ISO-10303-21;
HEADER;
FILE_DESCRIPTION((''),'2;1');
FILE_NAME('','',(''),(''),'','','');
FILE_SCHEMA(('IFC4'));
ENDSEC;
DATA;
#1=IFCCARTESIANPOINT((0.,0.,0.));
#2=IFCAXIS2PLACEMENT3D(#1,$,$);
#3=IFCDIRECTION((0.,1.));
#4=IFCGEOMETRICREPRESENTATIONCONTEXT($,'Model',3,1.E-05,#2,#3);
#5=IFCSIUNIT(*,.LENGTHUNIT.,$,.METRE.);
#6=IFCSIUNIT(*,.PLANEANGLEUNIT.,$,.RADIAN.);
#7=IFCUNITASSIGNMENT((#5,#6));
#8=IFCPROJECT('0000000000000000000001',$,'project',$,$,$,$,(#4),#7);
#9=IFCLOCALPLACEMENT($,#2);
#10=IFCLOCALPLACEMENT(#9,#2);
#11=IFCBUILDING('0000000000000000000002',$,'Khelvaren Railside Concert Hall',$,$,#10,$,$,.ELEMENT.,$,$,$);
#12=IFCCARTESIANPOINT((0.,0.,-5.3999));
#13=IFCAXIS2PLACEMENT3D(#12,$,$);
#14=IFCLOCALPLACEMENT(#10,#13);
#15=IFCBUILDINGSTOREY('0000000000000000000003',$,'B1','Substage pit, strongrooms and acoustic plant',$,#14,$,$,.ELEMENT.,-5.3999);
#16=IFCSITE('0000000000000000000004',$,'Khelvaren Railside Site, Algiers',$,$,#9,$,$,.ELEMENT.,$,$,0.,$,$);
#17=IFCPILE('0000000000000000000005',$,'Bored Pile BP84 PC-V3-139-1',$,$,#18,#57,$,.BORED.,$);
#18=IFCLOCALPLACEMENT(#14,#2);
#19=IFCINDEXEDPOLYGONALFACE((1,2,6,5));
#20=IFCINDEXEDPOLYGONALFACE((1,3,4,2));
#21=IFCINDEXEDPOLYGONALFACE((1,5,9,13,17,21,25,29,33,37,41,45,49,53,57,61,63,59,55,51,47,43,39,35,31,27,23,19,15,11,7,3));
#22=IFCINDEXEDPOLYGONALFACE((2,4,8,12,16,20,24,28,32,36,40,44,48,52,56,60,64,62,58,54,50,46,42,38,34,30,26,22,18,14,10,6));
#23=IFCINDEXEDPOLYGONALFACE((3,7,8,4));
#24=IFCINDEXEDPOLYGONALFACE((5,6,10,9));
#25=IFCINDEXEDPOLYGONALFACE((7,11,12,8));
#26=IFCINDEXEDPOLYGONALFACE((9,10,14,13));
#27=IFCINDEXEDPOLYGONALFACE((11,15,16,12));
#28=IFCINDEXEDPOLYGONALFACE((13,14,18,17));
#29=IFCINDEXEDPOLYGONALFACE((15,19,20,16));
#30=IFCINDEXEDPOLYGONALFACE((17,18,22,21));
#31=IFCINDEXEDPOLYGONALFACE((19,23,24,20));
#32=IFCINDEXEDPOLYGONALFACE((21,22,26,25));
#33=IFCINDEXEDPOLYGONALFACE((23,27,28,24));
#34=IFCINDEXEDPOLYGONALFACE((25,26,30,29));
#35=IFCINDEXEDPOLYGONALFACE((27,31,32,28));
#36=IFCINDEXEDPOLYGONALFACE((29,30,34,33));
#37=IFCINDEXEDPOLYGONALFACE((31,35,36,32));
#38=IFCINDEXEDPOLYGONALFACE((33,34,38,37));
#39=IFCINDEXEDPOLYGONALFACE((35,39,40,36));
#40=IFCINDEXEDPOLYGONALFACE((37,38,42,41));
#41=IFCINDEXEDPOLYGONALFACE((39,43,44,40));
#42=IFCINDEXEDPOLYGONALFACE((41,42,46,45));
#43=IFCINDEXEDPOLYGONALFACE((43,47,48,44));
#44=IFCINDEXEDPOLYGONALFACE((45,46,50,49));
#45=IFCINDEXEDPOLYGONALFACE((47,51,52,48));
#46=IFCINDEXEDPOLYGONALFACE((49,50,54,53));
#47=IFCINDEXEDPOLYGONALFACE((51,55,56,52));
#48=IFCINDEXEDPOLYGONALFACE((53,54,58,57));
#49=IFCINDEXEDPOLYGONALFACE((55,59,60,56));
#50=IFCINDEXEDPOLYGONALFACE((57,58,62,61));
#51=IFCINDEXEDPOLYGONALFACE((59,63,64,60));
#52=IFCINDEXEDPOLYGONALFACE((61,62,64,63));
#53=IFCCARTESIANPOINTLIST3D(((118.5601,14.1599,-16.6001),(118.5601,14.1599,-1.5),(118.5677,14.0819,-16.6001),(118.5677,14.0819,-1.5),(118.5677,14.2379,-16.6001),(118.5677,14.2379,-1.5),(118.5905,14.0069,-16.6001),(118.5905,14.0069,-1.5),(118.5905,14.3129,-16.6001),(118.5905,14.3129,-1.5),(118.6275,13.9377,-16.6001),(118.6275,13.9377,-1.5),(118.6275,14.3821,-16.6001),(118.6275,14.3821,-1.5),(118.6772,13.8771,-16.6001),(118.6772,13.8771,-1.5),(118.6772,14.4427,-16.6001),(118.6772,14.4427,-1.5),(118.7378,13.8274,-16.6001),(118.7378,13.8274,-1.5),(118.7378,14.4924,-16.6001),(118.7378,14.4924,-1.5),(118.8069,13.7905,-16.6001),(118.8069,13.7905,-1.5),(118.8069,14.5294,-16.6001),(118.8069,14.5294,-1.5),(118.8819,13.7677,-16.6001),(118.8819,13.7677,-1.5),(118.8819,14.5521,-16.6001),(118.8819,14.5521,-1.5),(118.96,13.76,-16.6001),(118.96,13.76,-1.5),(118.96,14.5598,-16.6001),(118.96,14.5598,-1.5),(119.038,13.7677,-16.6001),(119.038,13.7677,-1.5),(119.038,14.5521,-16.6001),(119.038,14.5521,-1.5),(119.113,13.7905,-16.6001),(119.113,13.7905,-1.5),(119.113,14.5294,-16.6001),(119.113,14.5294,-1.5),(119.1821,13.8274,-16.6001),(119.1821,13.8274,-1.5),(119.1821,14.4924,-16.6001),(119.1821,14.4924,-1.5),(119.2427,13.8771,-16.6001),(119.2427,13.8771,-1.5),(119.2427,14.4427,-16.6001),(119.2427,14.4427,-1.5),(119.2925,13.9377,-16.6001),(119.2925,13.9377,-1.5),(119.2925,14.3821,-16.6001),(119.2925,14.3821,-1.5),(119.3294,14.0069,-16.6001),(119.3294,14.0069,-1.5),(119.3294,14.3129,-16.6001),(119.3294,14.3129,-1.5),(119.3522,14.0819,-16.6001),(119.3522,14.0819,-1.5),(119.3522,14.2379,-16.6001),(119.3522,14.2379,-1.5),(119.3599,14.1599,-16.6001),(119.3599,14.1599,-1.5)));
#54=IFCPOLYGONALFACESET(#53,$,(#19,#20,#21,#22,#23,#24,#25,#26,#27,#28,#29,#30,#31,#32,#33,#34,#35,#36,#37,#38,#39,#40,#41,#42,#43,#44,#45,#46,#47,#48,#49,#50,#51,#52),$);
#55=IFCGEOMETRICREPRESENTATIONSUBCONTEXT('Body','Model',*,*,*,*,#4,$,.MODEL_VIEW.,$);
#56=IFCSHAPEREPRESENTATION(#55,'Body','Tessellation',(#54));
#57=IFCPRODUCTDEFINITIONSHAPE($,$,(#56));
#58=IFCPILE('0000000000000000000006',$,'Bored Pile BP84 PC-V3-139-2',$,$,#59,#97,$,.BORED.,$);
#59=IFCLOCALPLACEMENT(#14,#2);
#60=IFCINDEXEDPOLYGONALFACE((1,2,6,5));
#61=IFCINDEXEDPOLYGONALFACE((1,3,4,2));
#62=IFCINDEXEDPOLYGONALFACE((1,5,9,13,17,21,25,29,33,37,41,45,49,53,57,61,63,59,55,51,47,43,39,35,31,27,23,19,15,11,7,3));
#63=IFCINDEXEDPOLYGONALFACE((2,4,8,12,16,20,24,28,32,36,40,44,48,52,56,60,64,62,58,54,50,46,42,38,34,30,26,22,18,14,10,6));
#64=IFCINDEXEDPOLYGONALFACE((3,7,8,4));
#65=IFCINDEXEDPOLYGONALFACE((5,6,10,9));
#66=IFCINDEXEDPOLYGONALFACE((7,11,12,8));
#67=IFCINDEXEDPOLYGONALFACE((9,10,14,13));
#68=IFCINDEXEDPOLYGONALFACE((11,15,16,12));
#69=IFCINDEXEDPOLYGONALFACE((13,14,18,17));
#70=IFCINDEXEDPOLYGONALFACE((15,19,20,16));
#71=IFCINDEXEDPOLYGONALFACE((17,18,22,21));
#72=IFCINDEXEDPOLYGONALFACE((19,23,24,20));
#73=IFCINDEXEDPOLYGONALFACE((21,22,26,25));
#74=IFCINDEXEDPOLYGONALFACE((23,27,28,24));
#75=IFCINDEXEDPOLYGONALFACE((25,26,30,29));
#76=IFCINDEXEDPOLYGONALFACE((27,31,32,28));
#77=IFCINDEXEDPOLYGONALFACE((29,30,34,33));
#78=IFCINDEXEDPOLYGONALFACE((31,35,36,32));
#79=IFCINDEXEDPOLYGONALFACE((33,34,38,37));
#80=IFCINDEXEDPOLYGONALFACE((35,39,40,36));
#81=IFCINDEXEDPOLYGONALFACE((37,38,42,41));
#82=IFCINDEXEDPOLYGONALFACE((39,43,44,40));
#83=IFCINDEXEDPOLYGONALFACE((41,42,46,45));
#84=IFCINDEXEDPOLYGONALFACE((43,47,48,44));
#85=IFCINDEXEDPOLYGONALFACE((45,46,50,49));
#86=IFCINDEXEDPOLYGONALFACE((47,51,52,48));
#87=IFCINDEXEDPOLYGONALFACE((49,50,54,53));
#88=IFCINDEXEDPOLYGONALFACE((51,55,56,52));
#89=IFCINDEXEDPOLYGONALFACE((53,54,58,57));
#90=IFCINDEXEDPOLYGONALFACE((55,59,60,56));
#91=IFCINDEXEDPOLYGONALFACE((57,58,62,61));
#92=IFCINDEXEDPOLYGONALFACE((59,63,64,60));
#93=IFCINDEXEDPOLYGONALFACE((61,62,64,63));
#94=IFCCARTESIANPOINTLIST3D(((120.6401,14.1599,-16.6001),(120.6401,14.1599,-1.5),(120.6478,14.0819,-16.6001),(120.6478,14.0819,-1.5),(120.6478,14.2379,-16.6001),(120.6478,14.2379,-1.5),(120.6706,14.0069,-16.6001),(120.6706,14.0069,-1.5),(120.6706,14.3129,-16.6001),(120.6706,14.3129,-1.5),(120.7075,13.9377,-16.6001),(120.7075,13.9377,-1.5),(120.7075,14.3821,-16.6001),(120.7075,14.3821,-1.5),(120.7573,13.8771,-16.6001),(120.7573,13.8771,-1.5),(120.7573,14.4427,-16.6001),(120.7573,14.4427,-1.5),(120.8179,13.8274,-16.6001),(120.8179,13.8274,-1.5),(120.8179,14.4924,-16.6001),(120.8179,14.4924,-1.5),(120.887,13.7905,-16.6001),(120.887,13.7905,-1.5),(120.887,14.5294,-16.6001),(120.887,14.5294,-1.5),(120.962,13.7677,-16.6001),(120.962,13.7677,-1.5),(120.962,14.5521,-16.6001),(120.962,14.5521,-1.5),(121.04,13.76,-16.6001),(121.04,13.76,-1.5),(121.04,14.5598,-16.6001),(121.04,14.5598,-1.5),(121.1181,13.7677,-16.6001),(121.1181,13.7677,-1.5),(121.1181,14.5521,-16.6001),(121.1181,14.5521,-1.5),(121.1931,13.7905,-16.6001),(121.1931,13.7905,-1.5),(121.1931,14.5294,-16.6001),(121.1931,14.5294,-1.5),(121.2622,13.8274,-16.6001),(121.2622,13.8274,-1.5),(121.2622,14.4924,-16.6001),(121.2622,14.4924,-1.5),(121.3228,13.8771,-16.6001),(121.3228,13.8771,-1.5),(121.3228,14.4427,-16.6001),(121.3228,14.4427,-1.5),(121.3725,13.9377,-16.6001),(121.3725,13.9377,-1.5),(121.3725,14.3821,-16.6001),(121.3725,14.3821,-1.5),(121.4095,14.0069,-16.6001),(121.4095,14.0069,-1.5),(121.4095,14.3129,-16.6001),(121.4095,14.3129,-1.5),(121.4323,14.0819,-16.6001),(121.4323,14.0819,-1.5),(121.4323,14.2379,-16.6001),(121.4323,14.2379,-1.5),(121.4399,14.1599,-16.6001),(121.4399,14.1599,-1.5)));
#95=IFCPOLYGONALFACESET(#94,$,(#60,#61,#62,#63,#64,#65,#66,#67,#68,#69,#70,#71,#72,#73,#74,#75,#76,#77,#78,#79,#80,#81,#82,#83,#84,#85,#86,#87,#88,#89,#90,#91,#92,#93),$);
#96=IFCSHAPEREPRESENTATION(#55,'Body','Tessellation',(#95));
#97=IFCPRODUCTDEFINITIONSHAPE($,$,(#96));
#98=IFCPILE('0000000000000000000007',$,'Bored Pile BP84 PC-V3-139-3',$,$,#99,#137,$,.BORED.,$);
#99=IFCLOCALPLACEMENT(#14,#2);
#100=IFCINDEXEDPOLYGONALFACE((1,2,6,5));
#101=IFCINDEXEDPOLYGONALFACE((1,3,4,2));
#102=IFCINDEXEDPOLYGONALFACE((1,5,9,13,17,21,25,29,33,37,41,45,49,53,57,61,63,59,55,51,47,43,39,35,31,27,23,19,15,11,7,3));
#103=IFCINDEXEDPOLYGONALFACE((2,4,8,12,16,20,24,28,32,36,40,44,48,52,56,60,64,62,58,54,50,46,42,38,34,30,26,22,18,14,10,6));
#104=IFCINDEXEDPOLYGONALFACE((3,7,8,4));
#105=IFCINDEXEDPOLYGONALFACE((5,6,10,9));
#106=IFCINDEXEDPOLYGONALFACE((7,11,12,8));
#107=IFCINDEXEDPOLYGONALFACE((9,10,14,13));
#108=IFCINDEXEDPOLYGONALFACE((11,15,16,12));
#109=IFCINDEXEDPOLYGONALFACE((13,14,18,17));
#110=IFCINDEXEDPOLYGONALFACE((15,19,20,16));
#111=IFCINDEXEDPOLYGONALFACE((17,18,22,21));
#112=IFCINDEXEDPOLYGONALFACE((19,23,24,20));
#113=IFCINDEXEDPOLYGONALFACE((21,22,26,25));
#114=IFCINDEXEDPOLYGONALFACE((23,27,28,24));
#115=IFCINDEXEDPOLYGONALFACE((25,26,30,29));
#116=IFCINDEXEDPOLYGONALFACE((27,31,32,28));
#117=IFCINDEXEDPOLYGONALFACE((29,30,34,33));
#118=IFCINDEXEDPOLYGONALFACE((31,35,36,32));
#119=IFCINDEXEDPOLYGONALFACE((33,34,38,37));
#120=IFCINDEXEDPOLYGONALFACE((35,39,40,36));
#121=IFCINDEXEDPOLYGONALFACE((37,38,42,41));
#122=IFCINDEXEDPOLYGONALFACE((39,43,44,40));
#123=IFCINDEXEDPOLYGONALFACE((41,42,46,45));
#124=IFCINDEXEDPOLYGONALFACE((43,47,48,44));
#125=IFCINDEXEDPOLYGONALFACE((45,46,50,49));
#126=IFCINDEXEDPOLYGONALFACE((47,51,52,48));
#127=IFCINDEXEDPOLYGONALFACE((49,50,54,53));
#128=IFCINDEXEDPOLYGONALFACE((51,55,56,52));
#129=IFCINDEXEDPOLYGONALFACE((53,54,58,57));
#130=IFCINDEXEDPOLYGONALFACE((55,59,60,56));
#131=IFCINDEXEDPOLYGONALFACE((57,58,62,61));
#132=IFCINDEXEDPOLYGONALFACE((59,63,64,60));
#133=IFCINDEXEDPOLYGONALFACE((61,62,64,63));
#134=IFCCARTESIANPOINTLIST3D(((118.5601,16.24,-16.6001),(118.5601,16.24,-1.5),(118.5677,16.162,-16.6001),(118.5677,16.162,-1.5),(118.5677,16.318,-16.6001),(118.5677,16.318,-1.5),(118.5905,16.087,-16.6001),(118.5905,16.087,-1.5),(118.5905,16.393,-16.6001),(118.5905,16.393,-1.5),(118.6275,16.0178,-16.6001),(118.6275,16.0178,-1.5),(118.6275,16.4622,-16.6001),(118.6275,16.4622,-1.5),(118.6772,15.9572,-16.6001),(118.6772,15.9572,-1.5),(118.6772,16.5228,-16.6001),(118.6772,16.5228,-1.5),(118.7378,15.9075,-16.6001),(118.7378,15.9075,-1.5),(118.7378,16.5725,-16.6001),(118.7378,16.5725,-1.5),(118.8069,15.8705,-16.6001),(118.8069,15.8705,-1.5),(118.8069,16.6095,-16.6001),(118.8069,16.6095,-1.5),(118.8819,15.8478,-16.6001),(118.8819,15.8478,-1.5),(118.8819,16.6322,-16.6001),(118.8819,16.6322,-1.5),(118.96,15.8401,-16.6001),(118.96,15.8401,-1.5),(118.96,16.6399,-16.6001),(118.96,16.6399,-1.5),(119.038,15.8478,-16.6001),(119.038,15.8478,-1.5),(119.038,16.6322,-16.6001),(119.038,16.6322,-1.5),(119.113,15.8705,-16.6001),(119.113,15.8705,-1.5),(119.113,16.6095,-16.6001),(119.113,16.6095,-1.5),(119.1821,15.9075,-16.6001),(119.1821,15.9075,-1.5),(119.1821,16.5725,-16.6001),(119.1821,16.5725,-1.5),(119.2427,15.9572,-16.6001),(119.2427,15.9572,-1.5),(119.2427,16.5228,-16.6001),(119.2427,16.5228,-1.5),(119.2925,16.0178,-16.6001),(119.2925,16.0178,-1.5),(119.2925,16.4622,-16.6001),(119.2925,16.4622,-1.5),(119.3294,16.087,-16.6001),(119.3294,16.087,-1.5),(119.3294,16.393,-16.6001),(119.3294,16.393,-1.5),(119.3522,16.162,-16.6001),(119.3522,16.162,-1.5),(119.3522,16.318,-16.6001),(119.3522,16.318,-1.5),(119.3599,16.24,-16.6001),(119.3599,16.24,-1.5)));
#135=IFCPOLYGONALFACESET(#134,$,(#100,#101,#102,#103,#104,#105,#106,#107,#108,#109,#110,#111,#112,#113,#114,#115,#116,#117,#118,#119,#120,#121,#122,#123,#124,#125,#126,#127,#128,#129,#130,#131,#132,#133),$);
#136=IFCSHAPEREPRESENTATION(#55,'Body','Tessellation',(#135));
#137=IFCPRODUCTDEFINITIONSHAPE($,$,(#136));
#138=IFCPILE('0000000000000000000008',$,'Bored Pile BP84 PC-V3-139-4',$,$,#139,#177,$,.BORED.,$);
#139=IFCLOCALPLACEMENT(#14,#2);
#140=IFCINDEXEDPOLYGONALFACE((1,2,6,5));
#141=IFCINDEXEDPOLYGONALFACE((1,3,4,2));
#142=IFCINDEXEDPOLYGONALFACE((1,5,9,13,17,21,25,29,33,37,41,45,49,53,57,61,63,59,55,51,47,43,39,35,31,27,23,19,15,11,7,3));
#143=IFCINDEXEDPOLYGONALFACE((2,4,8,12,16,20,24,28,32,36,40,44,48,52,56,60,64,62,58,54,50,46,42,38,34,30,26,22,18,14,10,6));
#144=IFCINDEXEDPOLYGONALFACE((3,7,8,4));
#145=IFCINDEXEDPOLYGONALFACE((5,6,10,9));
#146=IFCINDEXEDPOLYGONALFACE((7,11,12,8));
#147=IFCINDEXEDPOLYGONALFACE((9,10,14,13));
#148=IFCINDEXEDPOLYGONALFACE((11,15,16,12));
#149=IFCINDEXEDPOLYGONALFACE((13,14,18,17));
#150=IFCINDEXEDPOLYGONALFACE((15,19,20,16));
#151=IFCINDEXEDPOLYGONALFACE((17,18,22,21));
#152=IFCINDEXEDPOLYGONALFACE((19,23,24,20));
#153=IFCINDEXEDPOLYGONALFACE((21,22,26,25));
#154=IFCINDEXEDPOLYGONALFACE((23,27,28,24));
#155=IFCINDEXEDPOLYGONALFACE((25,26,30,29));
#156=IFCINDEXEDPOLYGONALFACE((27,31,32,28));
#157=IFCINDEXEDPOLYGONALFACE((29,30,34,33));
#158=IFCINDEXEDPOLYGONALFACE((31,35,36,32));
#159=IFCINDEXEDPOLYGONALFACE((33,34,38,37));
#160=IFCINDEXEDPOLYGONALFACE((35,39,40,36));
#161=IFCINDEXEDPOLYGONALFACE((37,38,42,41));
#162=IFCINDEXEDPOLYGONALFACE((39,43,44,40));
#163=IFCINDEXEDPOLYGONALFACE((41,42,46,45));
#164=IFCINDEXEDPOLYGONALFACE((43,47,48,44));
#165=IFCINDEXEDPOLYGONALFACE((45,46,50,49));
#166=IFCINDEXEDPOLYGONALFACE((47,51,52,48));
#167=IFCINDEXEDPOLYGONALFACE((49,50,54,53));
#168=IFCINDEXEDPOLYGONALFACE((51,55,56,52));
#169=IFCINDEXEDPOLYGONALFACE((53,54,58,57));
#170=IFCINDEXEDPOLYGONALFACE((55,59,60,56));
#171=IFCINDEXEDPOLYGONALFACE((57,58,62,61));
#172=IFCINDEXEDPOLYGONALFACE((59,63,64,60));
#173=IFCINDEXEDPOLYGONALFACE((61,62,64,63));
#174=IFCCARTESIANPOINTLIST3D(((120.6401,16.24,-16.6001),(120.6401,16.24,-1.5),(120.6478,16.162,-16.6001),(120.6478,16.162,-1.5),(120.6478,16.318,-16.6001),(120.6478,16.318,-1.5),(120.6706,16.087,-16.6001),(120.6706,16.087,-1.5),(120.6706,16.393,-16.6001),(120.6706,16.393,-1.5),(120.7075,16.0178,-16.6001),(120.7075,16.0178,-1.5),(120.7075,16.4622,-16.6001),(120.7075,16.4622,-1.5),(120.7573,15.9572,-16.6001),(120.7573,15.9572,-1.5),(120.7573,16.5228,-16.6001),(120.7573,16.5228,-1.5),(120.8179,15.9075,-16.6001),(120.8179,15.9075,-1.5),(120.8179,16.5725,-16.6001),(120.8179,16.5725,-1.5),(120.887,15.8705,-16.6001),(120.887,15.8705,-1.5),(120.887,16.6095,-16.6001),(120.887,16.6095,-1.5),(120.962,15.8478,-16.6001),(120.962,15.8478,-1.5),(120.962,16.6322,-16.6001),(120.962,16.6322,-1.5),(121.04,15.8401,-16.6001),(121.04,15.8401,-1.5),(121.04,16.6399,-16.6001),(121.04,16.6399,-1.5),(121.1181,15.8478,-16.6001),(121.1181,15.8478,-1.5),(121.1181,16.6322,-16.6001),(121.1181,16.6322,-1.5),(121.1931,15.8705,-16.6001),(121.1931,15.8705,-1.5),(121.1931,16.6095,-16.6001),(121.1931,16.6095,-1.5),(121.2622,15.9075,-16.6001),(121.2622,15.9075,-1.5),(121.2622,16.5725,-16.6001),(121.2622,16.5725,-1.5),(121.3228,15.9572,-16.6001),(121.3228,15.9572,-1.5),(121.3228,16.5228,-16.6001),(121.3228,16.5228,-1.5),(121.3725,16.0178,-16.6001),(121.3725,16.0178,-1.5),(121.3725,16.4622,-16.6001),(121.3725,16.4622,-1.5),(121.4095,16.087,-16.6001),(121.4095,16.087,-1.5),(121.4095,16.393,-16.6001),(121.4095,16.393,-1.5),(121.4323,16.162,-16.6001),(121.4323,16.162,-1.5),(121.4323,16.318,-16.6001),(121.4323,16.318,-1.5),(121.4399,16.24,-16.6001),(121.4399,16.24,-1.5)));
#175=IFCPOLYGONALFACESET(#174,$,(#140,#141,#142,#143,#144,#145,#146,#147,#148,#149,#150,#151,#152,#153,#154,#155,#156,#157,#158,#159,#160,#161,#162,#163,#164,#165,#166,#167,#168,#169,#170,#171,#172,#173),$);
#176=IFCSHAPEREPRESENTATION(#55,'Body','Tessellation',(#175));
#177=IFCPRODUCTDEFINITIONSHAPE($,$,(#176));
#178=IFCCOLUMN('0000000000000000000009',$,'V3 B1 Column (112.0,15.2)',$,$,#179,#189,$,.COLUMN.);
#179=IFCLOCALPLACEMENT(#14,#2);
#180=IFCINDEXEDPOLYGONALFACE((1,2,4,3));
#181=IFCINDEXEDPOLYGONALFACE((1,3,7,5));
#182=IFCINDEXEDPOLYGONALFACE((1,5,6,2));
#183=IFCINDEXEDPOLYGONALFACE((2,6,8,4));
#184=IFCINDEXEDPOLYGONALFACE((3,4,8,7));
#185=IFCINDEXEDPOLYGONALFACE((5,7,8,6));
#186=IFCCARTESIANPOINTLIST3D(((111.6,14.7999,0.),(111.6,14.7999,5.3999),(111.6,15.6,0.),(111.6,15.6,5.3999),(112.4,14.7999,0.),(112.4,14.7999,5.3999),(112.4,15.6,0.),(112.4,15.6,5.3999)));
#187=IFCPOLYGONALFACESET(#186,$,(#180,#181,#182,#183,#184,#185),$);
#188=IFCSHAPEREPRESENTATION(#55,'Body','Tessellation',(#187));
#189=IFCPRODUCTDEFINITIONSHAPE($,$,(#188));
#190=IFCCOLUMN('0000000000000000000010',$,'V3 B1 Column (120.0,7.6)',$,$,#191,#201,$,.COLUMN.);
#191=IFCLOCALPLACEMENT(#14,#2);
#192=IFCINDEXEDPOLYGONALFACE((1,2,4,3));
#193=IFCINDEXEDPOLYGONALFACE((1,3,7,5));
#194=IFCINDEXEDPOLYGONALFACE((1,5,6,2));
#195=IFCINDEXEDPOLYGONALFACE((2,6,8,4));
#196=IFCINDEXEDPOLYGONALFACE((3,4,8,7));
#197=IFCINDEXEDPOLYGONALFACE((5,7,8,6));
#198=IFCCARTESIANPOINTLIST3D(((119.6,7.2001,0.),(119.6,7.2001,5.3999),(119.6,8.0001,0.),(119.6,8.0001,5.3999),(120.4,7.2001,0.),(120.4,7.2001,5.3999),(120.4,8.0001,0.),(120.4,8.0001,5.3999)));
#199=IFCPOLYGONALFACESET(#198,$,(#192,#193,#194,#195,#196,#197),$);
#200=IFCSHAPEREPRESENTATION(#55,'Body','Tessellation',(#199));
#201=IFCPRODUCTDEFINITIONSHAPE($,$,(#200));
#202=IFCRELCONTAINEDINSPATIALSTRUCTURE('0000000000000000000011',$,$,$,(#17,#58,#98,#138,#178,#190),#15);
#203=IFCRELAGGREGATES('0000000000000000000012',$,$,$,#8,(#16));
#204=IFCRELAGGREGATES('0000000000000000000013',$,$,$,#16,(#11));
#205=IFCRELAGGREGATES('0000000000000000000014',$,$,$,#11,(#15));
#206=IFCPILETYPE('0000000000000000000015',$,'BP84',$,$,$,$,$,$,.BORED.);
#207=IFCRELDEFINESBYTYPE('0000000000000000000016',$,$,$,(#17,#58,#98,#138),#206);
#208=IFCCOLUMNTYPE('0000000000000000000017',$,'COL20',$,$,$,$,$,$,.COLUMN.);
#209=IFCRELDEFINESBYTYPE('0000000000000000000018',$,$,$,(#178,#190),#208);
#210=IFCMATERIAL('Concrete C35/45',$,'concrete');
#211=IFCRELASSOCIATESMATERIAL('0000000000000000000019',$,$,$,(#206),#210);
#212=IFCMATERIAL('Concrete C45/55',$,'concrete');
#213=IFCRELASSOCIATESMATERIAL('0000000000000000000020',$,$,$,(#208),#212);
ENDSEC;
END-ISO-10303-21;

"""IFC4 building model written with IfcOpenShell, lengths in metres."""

from ifc_helpers import new_model, si_unit, direction, frame, origin, origin_2d, place, context, subcontext, project, spatial, rectangle, circle, extrude, material, material_profile, profile_set, type_object, element, save


model = new_model("IFC4")

# Units and contexts
model_context = context("Model", 3, precision=1e-05, world=origin(), true_north=direction((0.0, 1.0)))
body_context = subcontext(model_context, "Body", "Model", "MODEL_VIEW")
ifc_project = project(units=[si_unit("LENGTHUNIT", "METRE"), si_unit("PLANEANGLEUNIT", "RADIAN")], contexts=[model_context])

# Site, building, storey
site_placement = place(None, origin())
site = spatial("IfcSite", under=ifc_project, at=site_placement, Name="Khelvaren Railside Site, Algiers", CompositionType="ELEMENT", RefElevation=0.0)
building_placement = place(site_placement, origin())
building = spatial("IfcBuilding", under=site, at=building_placement, Name="Khelvaren Railside Concert Hall", CompositionType="ELEMENT")
storey_placement = place(building_placement, frame((0.0, 0.0, -5.3999)))
storey = spatial("IfcBuildingStorey", under=building, at=storey_placement, Name="B1", Description="Substage pit, strongrooms and acoustic plant", CompositionType="ELEMENT", Elevation=-5.3999)

# Piles
ifc_material_1 = material(Name="Concrete C35/45", Category="concrete")
ifc_material_profile_1 = material_profile(ifc_material_1, circle(Radius=0.3999, at=origin_2d()), Name="BP D800")
ifc_profile_set_1 = profile_set([ifc_material_profile_1], Name="Concrete C35/45")
pile_type_1 = type_object("IfcPileType", Name="BP84", PredefinedType="BORED", material=ifc_profile_set_1)
for number, where, z_axis, x_axis, name in (
    (1, (118.96, 14.1599, -1.5), (0.0, 0.0, -1.0), (1.0, 0.0, 0.0), "Bored Pile BP84 PC-V3-139-1"),
    (2, (121.04, 14.1599, -1.5), (0.0, 0.0, -1.0), (1.0, 0.0, 0.0), "Bored Pile BP84 PC-V3-139-2"),
    (3, (118.96, 16.24, -1.5), (0.0, 0.0, -1.0), (1.0, 0.0, 0.0), "Bored Pile BP84 PC-V3-139-3"),
    (4, (121.04, 16.24, -1.5), (0.0, 0.0, -1.0), (1.0, 0.0, 0.0), "Bored Pile BP84 PC-V3-139-4"),
):
    element("IfcPile", number, at=place(storey_placement, frame(where, z_axis=z_axis, x_axis=x_axis)), inside=storey, type_object=pile_type_1, Name=name, PredefinedType="BORED", context=body_context, shape_type="SweptSolid", body=[
        extrude(circle(Radius=0.3999, at=origin_2d()), origin(), (0.0, 0.0, 1.0), 15.1001),
    ])

# Columns
ifc_material_2 = material(Name="Concrete C45/55", Category="concrete")
ifc_material_profile_2 = material_profile(ifc_material_2, rectangle(XDim=0.8, YDim=0.8, at=origin_2d()), Name="RC 800x800")
ifc_profile_set_2 = profile_set([ifc_material_profile_2], Name="Concrete C45/55")
column_type_1 = type_object("IfcColumnType", Name="COL20", PredefinedType="COLUMN", material=ifc_profile_set_2)
for number, where, z_axis, x_axis, name in (
    (5, (112.0, 15.2, 0.0), (0.0, 0.0, 1.0), (1.0, 0.0, 0.0), "V3 B1 Column (112.0,15.2)"),
    (6, (120.0, 7.6001, 0.0), (0.0, 0.0, 1.0), (1.0, 0.0, 0.0), "V3 B1 Column (120.0,7.6)"),
):
    element("IfcColumn", number, at=place(storey_placement, frame(where, z_axis=z_axis, x_axis=x_axis)), inside=storey, type_object=column_type_1, Name=name, PredefinedType="COLUMN", context=body_context, shape_type="SweptSolid", body=[
        extrude(rectangle(XDim=0.8, YDim=0.8, at=origin_2d()), origin(), (0.0, 0.0, 1.0), 5.3999),
    ])

save(model, "model.ifc")
